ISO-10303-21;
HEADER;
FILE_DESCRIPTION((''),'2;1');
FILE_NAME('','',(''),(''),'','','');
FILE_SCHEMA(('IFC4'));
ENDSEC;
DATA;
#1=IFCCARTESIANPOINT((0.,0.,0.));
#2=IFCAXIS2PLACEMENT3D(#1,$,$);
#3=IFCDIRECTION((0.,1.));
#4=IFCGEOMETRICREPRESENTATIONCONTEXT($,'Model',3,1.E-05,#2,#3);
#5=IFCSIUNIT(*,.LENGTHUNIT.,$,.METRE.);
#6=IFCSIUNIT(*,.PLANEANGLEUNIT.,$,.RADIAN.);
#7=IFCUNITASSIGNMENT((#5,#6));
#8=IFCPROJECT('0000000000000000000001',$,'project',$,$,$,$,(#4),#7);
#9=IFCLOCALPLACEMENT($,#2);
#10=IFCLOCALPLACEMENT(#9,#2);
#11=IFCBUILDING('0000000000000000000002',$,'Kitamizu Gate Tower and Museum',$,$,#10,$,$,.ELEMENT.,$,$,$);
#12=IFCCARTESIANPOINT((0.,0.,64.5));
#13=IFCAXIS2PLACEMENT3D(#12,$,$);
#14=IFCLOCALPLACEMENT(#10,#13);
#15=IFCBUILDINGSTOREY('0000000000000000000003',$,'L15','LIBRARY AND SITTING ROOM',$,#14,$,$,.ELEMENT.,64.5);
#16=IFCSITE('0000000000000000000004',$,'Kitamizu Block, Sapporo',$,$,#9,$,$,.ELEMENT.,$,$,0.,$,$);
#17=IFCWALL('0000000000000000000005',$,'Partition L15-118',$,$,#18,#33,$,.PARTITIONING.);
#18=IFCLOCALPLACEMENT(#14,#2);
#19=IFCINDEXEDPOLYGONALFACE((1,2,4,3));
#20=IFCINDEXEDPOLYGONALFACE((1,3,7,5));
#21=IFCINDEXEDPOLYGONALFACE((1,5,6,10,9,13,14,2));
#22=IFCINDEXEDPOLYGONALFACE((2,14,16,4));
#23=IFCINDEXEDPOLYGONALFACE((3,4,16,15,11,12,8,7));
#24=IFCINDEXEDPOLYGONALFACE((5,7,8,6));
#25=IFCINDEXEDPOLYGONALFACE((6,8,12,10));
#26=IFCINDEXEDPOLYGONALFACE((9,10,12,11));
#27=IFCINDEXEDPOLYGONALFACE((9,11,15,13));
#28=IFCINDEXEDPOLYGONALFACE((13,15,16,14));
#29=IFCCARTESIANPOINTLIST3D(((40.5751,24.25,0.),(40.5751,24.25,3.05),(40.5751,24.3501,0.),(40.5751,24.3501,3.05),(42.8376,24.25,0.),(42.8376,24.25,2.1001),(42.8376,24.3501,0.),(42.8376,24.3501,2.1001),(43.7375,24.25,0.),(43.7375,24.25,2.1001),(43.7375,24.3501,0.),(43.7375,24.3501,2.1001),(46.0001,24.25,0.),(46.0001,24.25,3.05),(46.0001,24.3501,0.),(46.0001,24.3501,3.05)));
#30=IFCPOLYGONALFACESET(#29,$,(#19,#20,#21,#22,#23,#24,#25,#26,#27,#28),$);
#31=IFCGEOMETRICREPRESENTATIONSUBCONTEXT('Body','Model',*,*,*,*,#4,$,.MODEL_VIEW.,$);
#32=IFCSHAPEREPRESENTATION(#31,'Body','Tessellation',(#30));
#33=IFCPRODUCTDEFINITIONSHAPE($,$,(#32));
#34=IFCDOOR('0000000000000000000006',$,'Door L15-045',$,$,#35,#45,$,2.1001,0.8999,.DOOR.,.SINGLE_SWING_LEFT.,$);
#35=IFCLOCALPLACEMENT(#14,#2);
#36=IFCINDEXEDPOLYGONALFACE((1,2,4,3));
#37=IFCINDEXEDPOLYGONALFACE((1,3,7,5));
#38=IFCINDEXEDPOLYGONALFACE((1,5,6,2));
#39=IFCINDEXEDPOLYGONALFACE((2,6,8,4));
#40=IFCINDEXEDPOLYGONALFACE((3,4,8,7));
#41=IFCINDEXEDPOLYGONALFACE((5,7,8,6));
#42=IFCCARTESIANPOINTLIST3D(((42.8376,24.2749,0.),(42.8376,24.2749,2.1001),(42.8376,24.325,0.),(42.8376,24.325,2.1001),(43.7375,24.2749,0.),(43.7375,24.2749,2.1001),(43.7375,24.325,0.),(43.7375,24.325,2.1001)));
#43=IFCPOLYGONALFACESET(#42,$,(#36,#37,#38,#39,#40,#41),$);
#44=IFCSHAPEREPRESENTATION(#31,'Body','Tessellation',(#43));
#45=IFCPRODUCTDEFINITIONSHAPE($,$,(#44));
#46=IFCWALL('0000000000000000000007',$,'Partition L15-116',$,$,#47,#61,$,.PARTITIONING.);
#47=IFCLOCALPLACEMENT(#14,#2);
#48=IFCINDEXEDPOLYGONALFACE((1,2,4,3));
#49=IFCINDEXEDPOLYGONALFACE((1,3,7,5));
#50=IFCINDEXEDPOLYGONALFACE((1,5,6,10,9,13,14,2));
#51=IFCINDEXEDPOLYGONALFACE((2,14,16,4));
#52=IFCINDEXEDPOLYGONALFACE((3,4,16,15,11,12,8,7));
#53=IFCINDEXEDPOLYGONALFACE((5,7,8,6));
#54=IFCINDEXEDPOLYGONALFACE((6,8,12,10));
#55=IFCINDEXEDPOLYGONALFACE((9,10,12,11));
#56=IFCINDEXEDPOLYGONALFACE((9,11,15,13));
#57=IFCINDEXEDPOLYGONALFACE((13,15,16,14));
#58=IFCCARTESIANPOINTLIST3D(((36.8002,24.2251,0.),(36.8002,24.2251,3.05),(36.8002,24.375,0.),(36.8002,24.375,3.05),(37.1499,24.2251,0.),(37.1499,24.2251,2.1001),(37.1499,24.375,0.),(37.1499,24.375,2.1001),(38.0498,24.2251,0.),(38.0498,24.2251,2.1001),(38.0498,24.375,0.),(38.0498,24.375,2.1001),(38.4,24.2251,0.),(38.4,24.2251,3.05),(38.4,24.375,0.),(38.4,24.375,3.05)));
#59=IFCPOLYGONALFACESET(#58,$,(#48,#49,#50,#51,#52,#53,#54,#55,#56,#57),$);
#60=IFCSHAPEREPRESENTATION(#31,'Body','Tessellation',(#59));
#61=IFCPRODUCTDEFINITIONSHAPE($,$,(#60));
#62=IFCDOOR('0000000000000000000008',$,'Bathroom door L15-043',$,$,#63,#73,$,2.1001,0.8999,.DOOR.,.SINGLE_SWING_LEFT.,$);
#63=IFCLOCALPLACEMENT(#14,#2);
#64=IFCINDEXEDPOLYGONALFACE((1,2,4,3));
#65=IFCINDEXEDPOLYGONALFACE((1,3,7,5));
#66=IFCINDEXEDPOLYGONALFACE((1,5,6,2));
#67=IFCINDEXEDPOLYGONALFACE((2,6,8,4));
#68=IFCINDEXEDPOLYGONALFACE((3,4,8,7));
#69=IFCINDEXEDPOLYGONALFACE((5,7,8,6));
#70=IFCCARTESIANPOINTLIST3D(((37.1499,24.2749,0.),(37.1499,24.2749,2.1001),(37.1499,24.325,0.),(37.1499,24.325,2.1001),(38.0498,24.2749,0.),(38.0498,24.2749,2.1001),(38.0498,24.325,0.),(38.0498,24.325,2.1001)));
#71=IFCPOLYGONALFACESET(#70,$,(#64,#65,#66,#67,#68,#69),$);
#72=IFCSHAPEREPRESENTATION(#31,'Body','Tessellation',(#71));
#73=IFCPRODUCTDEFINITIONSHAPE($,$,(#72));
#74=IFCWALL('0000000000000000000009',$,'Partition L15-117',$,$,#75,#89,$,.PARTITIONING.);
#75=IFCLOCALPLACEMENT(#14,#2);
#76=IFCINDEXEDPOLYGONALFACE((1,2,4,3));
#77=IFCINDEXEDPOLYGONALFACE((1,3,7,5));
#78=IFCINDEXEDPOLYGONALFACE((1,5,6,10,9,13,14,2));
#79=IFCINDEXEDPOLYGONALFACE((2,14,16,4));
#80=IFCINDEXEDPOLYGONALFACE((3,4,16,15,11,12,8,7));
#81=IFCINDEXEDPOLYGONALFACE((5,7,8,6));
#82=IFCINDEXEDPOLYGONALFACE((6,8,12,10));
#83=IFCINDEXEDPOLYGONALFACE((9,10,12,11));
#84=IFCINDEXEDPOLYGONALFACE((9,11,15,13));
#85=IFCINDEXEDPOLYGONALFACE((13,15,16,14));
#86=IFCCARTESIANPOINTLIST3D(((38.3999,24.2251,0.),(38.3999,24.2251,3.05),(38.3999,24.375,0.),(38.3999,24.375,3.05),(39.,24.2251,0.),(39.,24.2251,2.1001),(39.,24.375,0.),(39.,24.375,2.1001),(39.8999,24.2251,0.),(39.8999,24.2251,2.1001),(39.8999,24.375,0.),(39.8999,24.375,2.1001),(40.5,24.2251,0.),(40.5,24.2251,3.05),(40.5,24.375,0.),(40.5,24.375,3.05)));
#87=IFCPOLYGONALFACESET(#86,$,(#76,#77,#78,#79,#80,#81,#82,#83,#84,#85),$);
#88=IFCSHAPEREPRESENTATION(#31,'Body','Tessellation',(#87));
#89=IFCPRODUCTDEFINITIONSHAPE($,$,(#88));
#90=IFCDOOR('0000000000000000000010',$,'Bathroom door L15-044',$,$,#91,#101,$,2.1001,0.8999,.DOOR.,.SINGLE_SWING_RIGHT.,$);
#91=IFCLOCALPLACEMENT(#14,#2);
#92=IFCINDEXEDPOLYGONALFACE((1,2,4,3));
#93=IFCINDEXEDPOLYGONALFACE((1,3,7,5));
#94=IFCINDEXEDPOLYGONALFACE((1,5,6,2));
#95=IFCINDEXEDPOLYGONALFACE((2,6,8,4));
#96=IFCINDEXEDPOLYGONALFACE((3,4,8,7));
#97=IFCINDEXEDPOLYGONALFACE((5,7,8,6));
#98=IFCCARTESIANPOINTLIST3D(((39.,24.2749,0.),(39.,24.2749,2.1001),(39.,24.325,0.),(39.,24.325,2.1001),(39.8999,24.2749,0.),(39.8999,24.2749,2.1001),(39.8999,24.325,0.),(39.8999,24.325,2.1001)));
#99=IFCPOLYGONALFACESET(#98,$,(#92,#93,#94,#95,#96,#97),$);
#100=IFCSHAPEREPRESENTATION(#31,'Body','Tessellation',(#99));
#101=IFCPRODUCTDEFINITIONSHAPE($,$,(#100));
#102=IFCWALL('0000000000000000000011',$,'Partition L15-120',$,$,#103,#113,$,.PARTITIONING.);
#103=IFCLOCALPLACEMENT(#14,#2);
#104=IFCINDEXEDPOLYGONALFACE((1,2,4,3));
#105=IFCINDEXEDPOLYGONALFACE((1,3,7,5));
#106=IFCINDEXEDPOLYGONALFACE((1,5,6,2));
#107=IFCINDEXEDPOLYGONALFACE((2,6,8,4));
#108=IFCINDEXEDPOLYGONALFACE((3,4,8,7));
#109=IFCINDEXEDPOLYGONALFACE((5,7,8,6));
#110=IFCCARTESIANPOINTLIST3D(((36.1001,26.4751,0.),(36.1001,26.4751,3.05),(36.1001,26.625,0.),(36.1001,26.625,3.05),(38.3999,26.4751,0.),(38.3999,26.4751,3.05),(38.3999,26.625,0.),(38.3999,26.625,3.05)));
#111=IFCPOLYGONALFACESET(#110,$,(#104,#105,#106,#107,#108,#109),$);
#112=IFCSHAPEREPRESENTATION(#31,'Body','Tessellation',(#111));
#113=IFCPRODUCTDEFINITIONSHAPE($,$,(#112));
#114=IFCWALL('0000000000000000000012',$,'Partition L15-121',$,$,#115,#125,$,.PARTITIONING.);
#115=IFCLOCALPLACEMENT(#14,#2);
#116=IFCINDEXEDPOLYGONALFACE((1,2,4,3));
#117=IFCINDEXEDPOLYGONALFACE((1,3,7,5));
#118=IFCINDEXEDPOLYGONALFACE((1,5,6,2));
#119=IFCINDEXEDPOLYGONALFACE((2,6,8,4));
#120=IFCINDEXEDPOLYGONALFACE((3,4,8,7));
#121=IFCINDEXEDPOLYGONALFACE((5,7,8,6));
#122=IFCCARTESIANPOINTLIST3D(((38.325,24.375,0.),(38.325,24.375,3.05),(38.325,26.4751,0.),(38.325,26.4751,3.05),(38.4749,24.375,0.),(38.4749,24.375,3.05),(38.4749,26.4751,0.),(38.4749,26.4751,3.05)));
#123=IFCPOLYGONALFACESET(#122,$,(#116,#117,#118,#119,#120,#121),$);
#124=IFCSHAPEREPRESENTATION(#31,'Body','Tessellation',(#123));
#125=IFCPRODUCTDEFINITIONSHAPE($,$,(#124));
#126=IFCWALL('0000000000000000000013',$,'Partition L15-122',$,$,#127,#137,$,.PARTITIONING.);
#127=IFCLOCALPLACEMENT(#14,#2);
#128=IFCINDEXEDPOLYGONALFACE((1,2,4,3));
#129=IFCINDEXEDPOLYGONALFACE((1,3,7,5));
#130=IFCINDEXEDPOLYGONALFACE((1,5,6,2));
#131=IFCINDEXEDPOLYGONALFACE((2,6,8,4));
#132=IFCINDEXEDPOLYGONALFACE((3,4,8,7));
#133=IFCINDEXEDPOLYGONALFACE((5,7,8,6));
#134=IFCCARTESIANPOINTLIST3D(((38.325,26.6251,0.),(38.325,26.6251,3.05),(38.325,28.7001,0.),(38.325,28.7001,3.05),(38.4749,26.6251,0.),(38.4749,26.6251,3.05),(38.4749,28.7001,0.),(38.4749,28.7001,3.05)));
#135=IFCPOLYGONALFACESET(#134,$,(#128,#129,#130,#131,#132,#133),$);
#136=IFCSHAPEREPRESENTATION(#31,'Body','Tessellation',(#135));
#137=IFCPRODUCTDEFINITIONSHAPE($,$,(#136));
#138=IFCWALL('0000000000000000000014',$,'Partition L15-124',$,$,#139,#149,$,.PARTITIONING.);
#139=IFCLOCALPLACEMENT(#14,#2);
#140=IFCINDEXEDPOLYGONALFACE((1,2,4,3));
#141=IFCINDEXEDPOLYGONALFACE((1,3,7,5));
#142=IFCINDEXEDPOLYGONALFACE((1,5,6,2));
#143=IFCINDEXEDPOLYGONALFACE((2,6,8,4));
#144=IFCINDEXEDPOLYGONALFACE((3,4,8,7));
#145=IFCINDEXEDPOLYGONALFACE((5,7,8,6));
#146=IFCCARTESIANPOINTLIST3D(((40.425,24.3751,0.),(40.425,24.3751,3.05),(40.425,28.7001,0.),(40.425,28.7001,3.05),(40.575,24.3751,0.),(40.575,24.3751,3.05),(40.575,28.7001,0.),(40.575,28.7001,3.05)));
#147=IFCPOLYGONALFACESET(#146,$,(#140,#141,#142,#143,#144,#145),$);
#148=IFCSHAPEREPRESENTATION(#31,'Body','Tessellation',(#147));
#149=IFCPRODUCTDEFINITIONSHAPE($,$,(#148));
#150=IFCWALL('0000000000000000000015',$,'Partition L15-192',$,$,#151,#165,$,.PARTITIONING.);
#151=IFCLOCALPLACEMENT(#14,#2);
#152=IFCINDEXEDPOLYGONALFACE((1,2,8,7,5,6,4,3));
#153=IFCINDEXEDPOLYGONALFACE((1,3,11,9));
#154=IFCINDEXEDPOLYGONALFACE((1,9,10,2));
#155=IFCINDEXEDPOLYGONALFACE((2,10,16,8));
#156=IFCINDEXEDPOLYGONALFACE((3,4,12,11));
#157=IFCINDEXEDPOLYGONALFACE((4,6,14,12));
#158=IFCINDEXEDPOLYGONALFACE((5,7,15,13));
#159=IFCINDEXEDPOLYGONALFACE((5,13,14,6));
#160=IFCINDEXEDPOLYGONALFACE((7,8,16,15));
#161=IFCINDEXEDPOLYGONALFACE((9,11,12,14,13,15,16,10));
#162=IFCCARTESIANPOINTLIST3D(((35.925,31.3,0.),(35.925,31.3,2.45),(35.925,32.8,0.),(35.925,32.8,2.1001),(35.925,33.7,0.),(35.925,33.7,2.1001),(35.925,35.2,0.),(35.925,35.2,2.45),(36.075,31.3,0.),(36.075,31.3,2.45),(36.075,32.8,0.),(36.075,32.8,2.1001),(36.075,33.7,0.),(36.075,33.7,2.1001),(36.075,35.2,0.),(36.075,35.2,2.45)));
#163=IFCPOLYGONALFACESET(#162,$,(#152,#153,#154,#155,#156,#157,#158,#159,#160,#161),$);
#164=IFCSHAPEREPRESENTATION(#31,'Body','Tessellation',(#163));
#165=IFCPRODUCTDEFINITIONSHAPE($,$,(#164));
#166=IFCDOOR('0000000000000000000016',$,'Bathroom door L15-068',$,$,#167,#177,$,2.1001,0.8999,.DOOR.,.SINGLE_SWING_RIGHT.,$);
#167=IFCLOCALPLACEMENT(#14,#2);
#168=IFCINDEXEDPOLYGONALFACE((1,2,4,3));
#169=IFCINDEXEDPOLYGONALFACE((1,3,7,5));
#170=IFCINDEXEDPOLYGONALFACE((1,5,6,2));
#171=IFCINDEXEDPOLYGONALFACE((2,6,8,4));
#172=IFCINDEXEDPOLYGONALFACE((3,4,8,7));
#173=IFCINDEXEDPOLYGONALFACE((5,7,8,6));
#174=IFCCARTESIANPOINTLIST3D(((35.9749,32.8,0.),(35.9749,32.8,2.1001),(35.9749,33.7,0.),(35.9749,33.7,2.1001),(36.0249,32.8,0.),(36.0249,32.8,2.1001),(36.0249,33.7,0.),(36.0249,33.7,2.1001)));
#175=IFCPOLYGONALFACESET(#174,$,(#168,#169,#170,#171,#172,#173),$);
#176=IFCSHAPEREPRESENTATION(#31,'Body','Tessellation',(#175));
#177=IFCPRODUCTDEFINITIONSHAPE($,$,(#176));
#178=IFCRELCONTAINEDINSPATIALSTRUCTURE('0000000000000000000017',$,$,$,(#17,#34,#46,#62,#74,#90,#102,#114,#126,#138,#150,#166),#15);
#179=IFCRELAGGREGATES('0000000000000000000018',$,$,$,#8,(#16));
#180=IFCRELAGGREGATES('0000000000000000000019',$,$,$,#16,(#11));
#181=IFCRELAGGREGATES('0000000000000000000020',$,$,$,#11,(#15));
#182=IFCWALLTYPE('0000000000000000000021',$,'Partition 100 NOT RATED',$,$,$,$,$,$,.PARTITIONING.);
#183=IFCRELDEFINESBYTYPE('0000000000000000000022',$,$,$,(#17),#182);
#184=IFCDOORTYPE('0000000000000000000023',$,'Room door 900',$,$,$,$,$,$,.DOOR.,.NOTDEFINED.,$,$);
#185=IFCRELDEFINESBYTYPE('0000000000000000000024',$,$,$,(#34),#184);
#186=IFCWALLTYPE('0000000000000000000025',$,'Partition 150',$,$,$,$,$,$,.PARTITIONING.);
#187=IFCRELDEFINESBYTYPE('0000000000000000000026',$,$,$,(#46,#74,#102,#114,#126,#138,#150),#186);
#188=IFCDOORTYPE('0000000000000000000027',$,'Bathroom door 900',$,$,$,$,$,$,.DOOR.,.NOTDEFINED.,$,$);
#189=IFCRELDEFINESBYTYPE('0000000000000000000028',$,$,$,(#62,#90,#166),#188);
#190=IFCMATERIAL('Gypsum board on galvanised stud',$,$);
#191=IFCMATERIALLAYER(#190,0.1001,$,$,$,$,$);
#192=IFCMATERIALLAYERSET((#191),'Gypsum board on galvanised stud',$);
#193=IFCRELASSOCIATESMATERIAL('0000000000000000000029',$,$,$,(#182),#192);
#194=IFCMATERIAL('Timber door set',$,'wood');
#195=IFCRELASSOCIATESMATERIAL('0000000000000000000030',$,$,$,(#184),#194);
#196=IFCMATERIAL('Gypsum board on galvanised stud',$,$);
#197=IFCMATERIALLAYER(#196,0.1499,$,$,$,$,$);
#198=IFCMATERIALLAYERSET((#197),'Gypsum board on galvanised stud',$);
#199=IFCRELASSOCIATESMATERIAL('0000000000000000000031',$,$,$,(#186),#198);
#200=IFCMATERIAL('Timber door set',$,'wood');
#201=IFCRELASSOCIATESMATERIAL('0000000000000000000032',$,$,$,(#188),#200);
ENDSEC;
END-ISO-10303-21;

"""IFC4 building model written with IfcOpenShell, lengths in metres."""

from ifc_helpers import new_model, si_unit, direction, frame, frame_2d, origin, place, context, subcontext, project, spatial, rectangle, extrude, material, layer, layer_set, type_object, element, fill, save


model = new_model("IFC4")

# Units and contexts
model_context = context("Model", 3, precision=1e-05, world=origin(), true_north=direction((0.0, 1.0)))
body_context = subcontext(model_context, "Body", "Model", "MODEL_VIEW")
ifc_project = project(units=[si_unit("LENGTHUNIT", "METRE"), si_unit("PLANEANGLEUNIT", "RADIAN")], contexts=[model_context])

# Site, building, storey
site_placement = place(None, origin())
site = spatial("IfcSite", under=ifc_project, at=site_placement, Name="Kitamizu Block, Sapporo", CompositionType="ELEMENT", RefElevation=0.0)
building_placement = place(site_placement, origin())
building = spatial("IfcBuilding", under=site, at=building_placement, Name="Kitamizu Gate Tower and Museum", CompositionType="ELEMENT")
storey_placement = place(building_placement, frame((0.0, 0.0, 64.5)))
storey = spatial("IfcBuildingStorey", under=building, at=storey_placement, Name="L15", Description="LIBRARY AND SITTING ROOM", CompositionType="ELEMENT", Elevation=64.5)

# Walls, openings, doors
ifc_material_1 = material(Name="Gypsum board on galvanised stud")
ifc_layer_1 = layer(ifc_material_1, 0.1001)
ifc_layer_set_1 = layer_set([ifc_layer_1], Name="Gypsum board on galvanised stud")
wall_type_1 = type_object("IfcWallType", Name="Partition 100 NOT RATED", PredefinedType="PARTITIONING", material=ifc_layer_set_1)
wall_1_placement = place(storey_placement, frame((46.0, 24.3, 0.0), z_axis=(0.0, 0.0, 1.0), x_axis=(-1.0, 0.0, 0.0)))
wall_1 = element("IfcWall", 1, at=wall_1_placement, inside=storey, type_object=wall_type_1, Name="Partition L15-118", PredefinedType="PARTITIONING", context=body_context, shape_type="SweptSolid", body=[
    extrude(rectangle(XDim=5.425, YDim=0.1001, at=frame_2d((2.7124, 0.0))), origin(), (0.0, 0.0, 1.0), 3.05),
])
opening_1_placement = place(wall_1_placement, frame((2.2625, 0.0, 0.0)))
opening_1 = element("IfcOpeningElement", 2, at=opening_1_placement, cuts=wall_1, PredefinedType="OPENING", context=body_context, shape_type="SweptSolid", body=[
    extrude(rectangle(XDim=0.8999, YDim=2.1001, at=frame_2d((0.45, 1.05))), frame((0.0, 0.0601, 0.0), z_axis=(0.0, -1.0, 0.0), x_axis=(1.0, 0.0, 0.0)), (0.0, 0.0, 1.0), 0.1201),
])
ifc_material_2 = material(Name="Timber door set", Category="wood")
door_type_1 = type_object("IfcDoorType", Name="Room door 900", OperationType="NOTDEFINED", PredefinedType="DOOR", material=ifc_material_2)
door_1_placement = place(opening_1_placement, frame((0.8999, 0.0, 0.0), x_axis=(-1.0, 0.0, 0.0)))
door_1 = element("IfcDoor", 3, at=door_1_placement, inside=storey, type_object=door_type_1, Name="Door L15-045", OperationType="SINGLE_SWING_LEFT", OverallHeight=2.1001, OverallWidth=0.8999, PredefinedType="DOOR", context=body_context, shape_type="SweptSolid", body=[
    extrude(rectangle(XDim=0.8999, YDim=2.1001, at=frame_2d((0.45, 1.05))), frame((0.0, 0.0249, 0.0), z_axis=(0.0, -1.0, 0.0), x_axis=(1.0, 0.0, 0.0)), (0.0, 0.0, 1.0), 0.05),
])
fill(opening_1, door_1)
ifc_material_3 = material(Name="Gypsum board on galvanised stud")
ifc_layer_2 = layer(ifc_material_3, 0.1499)
ifc_layer_set_2 = layer_set([ifc_layer_2], Name="Gypsum board on galvanised stud")
wall_type_2 = type_object("IfcWallType", Name="Partition 150", PredefinedType="PARTITIONING", material=ifc_layer_set_2)
wall_2_placement = place(storey_placement, frame((38.3999, 24.3, 0.0), z_axis=(0.0, 0.0, 1.0), x_axis=(-1.0, 0.0, 0.0)))
wall_2 = element("IfcWall", 4, at=wall_2_placement, inside=storey, type_object=wall_type_2, Name="Partition L15-116", PredefinedType="PARTITIONING", context=body_context, shape_type="SweptSolid", body=[
    extrude(rectangle(XDim=1.5999, YDim=0.1499, at=frame_2d((0.7998, 0.0))), origin(), (0.0, 0.0, 1.0), 3.05),
])
opening_2_placement = place(wall_2_placement, frame((0.3501, 0.0, 0.0)))
opening_2 = element("IfcOpeningElement", 5, at=opening_2_placement, cuts=wall_2, PredefinedType="OPENING", context=body_context, shape_type="SweptSolid", body=[
    extrude(rectangle(XDim=0.8999, YDim=2.1001, at=frame_2d((0.45, 1.05))), frame((0.0, 0.085, 0.0), z_axis=(0.0, -1.0, 0.0), x_axis=(1.0, 0.0, 0.0)), (0.0, 0.0, 1.0), 0.1699),
])
ifc_material_4 = material(Name="Timber door set", Category="wood")
door_type_2 = type_object("IfcDoorType", Name="Bathroom door 900", OperationType="NOTDEFINED", PredefinedType="DOOR", material=ifc_material_4)
door_2_placement = place(opening_2_placement, frame((0.8999, 0.0, 0.0), x_axis=(-1.0, 0.0, 0.0)))
door_2 = element("IfcDoor", 6, at=door_2_placement, inside=storey, type_object=door_type_2, Name="Bathroom door L15-043", OperationType="SINGLE_SWING_LEFT", OverallHeight=2.1001, OverallWidth=0.8999, PredefinedType="DOOR", context=body_context, shape_type="SweptSolid", body=[
    extrude(rectangle(XDim=0.8999, YDim=2.1001, at=frame_2d((0.45, 1.05))), frame((0.0, 0.0249, 0.0), z_axis=(0.0, -1.0, 0.0), x_axis=(1.0, 0.0, 0.0)), (0.0, 0.0, 1.0), 0.05),
])
fill(opening_2, door_2)
wall_3_placement = place(storey_placement, frame((40.5, 24.3, 0.0), z_axis=(0.0, 0.0, 1.0), x_axis=(-1.0, 0.0, 0.0)))
wall_3 = element("IfcWall", 7, at=wall_3_placement, inside=storey, type_object=wall_type_2, Name="Partition L15-117", PredefinedType="PARTITIONING", context=body_context, shape_type="SweptSolid", body=[
    extrude(rectangle(XDim=2.1001, YDim=0.1499, at=frame_2d((1.05, 0.0))), origin(), (0.0, 0.0, 1.0), 3.05),
])
opening_3_placement = place(wall_3_placement, frame((0.6001, 0.0, 0.0)))
opening_3 = element("IfcOpeningElement", 8, at=opening_3_placement, cuts=wall_3, PredefinedType="OPENING", context=body_context, shape_type="SweptSolid", body=[
    extrude(rectangle(XDim=0.8999, YDim=2.1001, at=frame_2d((0.45, 1.05))), frame((0.0, 0.085, 0.0), z_axis=(0.0, -1.0, 0.0), x_axis=(1.0, 0.0, 0.0)), (0.0, 0.0, 1.0), 0.1699),
])
door_3_placement = place(opening_3_placement, frame((0.8999, 0.0, 0.0), x_axis=(-1.0, 0.0, 0.0)))
door_3 = element("IfcDoor", 9, at=door_3_placement, inside=storey, type_object=door_type_2, Name="Bathroom door L15-044", OperationType="SINGLE_SWING_RIGHT", OverallHeight=2.1001, OverallWidth=0.8999, PredefinedType="DOOR", context=body_context, shape_type="SweptSolid", body=[
    extrude(rectangle(XDim=0.8999, YDim=2.1001, at=frame_2d((0.45, 1.05))), frame((0.0, 0.0249, 0.0), z_axis=(0.0, -1.0, 0.0), x_axis=(1.0, 0.0, 0.0)), (0.0, 0.0, 1.0), 0.05),
])
fill(opening_3, door_3)

# Walls
wall_4_placement = place(storey_placement, frame((38.3999, 26.55, 0.0), z_axis=(0.0, 0.0, 1.0), x_axis=(-1.0, 0.0, 0.0)))
element("IfcWall", 10, at=wall_4_placement, inside=storey, type_object=wall_type_2, Name="Partition L15-120", PredefinedType="PARTITIONING", context=body_context, shape_type="SweptSolid", body=[
    extrude(rectangle(XDim=2.2998, YDim=0.1499, at=frame_2d((1.1499, 0.0))), origin(), (0.0, 0.0, 1.0), 3.05),
])
wall_5_placement = place(storey_placement, frame((38.3999, 24.375, 0.0), z_axis=(0.0, 0.0, 1.0), x_axis=(0.0, 1.0, 0.0)))
element("IfcWall", 11, at=wall_5_placement, inside=storey, type_object=wall_type_2, Name="Partition L15-121", PredefinedType="PARTITIONING", context=body_context, shape_type="SweptSolid", body=[
    extrude(rectangle(XDim=2.1001, YDim=0.1499, at=frame_2d((1.05, 0.0))), origin(), (0.0, 0.0, 1.0), 3.05),
])
wall_6_placement = place(storey_placement, frame((38.3999, 26.625, 0.0), z_axis=(0.0, 0.0, 1.0), x_axis=(0.0, 1.0, 0.0)))
element("IfcWall", 12, at=wall_6_placement, inside=storey, type_object=wall_type_2, Name="Partition L15-122", PredefinedType="PARTITIONING", context=body_context, shape_type="SweptSolid", body=[
    extrude(rectangle(XDim=2.075, YDim=0.1499, at=frame_2d((1.0376, 0.0))), origin(), (0.0, 0.0, 1.0), 3.05),
])
wall_7_placement = place(storey_placement, frame((40.5, 24.375, 0.0), z_axis=(0.0, 0.0, 1.0), x_axis=(0.0, 1.0, 0.0)))
element("IfcWall", 13, at=wall_7_placement, inside=storey, type_object=wall_type_2, Name="Partition L15-124", PredefinedType="PARTITIONING", context=body_context, shape_type="SweptSolid", body=[
    extrude(rectangle(XDim=4.325, YDim=0.1499, at=frame_2d((2.1626, 0.0))), origin(), (0.0, 0.0, 1.0), 3.05),
])

# Wall, opening, door
wall_8_placement = place(storey_placement, frame((36.0, 31.3, 0.0), z_axis=(0.0, 0.0, 1.0), x_axis=(0.0, 1.0, 0.0)))
wall_8 = element("IfcWall", 14, at=wall_8_placement, inside=storey, type_object=wall_type_2, Name="Partition L15-192", PredefinedType="PARTITIONING", context=body_context, shape_type="SweptSolid", body=[
    extrude(rectangle(XDim=3.8999, YDim=0.1499, at=frame_2d((1.95, 0.0))), origin(), (0.0, 0.0, 1.0), 2.45),
])
opening_4_placement = place(wall_8_placement, frame((1.5, 0.0, 0.0)))
opening_4 = element("IfcOpeningElement", 15, at=opening_4_placement, cuts=wall_8, PredefinedType="OPENING", context=body_context, shape_type="SweptSolid", body=[
    extrude(rectangle(XDim=0.8999, YDim=2.1001, at=frame_2d((0.45, 1.05))), frame((0.0, 0.085, 0.0), z_axis=(0.0, -1.0, 0.0), x_axis=(1.0, 0.0, 0.0)), (0.0, 0.0, 1.0), 0.1699),
])
door_4_placement = place(opening_4_placement, frame((0.8999, 0.0, 0.0), x_axis=(-1.0, 0.0, 0.0)))
door_4 = element("IfcDoor", 16, at=door_4_placement, inside=storey, type_object=door_type_2, Name="Bathroom door L15-068", OperationType="SINGLE_SWING_RIGHT", OverallHeight=2.1001, OverallWidth=0.8999, PredefinedType="DOOR", context=body_context, shape_type="SweptSolid", body=[
    extrude(rectangle(XDim=0.8999, YDim=2.1001, at=frame_2d((0.45, 1.05))), frame((0.0, 0.0249, 0.0), z_axis=(0.0, -1.0, 0.0), x_axis=(1.0, 0.0, 0.0)), (0.0, 0.0, 1.0), 0.05),
])
fill(opening_4, door_4)

save(model, "model.ifc")
